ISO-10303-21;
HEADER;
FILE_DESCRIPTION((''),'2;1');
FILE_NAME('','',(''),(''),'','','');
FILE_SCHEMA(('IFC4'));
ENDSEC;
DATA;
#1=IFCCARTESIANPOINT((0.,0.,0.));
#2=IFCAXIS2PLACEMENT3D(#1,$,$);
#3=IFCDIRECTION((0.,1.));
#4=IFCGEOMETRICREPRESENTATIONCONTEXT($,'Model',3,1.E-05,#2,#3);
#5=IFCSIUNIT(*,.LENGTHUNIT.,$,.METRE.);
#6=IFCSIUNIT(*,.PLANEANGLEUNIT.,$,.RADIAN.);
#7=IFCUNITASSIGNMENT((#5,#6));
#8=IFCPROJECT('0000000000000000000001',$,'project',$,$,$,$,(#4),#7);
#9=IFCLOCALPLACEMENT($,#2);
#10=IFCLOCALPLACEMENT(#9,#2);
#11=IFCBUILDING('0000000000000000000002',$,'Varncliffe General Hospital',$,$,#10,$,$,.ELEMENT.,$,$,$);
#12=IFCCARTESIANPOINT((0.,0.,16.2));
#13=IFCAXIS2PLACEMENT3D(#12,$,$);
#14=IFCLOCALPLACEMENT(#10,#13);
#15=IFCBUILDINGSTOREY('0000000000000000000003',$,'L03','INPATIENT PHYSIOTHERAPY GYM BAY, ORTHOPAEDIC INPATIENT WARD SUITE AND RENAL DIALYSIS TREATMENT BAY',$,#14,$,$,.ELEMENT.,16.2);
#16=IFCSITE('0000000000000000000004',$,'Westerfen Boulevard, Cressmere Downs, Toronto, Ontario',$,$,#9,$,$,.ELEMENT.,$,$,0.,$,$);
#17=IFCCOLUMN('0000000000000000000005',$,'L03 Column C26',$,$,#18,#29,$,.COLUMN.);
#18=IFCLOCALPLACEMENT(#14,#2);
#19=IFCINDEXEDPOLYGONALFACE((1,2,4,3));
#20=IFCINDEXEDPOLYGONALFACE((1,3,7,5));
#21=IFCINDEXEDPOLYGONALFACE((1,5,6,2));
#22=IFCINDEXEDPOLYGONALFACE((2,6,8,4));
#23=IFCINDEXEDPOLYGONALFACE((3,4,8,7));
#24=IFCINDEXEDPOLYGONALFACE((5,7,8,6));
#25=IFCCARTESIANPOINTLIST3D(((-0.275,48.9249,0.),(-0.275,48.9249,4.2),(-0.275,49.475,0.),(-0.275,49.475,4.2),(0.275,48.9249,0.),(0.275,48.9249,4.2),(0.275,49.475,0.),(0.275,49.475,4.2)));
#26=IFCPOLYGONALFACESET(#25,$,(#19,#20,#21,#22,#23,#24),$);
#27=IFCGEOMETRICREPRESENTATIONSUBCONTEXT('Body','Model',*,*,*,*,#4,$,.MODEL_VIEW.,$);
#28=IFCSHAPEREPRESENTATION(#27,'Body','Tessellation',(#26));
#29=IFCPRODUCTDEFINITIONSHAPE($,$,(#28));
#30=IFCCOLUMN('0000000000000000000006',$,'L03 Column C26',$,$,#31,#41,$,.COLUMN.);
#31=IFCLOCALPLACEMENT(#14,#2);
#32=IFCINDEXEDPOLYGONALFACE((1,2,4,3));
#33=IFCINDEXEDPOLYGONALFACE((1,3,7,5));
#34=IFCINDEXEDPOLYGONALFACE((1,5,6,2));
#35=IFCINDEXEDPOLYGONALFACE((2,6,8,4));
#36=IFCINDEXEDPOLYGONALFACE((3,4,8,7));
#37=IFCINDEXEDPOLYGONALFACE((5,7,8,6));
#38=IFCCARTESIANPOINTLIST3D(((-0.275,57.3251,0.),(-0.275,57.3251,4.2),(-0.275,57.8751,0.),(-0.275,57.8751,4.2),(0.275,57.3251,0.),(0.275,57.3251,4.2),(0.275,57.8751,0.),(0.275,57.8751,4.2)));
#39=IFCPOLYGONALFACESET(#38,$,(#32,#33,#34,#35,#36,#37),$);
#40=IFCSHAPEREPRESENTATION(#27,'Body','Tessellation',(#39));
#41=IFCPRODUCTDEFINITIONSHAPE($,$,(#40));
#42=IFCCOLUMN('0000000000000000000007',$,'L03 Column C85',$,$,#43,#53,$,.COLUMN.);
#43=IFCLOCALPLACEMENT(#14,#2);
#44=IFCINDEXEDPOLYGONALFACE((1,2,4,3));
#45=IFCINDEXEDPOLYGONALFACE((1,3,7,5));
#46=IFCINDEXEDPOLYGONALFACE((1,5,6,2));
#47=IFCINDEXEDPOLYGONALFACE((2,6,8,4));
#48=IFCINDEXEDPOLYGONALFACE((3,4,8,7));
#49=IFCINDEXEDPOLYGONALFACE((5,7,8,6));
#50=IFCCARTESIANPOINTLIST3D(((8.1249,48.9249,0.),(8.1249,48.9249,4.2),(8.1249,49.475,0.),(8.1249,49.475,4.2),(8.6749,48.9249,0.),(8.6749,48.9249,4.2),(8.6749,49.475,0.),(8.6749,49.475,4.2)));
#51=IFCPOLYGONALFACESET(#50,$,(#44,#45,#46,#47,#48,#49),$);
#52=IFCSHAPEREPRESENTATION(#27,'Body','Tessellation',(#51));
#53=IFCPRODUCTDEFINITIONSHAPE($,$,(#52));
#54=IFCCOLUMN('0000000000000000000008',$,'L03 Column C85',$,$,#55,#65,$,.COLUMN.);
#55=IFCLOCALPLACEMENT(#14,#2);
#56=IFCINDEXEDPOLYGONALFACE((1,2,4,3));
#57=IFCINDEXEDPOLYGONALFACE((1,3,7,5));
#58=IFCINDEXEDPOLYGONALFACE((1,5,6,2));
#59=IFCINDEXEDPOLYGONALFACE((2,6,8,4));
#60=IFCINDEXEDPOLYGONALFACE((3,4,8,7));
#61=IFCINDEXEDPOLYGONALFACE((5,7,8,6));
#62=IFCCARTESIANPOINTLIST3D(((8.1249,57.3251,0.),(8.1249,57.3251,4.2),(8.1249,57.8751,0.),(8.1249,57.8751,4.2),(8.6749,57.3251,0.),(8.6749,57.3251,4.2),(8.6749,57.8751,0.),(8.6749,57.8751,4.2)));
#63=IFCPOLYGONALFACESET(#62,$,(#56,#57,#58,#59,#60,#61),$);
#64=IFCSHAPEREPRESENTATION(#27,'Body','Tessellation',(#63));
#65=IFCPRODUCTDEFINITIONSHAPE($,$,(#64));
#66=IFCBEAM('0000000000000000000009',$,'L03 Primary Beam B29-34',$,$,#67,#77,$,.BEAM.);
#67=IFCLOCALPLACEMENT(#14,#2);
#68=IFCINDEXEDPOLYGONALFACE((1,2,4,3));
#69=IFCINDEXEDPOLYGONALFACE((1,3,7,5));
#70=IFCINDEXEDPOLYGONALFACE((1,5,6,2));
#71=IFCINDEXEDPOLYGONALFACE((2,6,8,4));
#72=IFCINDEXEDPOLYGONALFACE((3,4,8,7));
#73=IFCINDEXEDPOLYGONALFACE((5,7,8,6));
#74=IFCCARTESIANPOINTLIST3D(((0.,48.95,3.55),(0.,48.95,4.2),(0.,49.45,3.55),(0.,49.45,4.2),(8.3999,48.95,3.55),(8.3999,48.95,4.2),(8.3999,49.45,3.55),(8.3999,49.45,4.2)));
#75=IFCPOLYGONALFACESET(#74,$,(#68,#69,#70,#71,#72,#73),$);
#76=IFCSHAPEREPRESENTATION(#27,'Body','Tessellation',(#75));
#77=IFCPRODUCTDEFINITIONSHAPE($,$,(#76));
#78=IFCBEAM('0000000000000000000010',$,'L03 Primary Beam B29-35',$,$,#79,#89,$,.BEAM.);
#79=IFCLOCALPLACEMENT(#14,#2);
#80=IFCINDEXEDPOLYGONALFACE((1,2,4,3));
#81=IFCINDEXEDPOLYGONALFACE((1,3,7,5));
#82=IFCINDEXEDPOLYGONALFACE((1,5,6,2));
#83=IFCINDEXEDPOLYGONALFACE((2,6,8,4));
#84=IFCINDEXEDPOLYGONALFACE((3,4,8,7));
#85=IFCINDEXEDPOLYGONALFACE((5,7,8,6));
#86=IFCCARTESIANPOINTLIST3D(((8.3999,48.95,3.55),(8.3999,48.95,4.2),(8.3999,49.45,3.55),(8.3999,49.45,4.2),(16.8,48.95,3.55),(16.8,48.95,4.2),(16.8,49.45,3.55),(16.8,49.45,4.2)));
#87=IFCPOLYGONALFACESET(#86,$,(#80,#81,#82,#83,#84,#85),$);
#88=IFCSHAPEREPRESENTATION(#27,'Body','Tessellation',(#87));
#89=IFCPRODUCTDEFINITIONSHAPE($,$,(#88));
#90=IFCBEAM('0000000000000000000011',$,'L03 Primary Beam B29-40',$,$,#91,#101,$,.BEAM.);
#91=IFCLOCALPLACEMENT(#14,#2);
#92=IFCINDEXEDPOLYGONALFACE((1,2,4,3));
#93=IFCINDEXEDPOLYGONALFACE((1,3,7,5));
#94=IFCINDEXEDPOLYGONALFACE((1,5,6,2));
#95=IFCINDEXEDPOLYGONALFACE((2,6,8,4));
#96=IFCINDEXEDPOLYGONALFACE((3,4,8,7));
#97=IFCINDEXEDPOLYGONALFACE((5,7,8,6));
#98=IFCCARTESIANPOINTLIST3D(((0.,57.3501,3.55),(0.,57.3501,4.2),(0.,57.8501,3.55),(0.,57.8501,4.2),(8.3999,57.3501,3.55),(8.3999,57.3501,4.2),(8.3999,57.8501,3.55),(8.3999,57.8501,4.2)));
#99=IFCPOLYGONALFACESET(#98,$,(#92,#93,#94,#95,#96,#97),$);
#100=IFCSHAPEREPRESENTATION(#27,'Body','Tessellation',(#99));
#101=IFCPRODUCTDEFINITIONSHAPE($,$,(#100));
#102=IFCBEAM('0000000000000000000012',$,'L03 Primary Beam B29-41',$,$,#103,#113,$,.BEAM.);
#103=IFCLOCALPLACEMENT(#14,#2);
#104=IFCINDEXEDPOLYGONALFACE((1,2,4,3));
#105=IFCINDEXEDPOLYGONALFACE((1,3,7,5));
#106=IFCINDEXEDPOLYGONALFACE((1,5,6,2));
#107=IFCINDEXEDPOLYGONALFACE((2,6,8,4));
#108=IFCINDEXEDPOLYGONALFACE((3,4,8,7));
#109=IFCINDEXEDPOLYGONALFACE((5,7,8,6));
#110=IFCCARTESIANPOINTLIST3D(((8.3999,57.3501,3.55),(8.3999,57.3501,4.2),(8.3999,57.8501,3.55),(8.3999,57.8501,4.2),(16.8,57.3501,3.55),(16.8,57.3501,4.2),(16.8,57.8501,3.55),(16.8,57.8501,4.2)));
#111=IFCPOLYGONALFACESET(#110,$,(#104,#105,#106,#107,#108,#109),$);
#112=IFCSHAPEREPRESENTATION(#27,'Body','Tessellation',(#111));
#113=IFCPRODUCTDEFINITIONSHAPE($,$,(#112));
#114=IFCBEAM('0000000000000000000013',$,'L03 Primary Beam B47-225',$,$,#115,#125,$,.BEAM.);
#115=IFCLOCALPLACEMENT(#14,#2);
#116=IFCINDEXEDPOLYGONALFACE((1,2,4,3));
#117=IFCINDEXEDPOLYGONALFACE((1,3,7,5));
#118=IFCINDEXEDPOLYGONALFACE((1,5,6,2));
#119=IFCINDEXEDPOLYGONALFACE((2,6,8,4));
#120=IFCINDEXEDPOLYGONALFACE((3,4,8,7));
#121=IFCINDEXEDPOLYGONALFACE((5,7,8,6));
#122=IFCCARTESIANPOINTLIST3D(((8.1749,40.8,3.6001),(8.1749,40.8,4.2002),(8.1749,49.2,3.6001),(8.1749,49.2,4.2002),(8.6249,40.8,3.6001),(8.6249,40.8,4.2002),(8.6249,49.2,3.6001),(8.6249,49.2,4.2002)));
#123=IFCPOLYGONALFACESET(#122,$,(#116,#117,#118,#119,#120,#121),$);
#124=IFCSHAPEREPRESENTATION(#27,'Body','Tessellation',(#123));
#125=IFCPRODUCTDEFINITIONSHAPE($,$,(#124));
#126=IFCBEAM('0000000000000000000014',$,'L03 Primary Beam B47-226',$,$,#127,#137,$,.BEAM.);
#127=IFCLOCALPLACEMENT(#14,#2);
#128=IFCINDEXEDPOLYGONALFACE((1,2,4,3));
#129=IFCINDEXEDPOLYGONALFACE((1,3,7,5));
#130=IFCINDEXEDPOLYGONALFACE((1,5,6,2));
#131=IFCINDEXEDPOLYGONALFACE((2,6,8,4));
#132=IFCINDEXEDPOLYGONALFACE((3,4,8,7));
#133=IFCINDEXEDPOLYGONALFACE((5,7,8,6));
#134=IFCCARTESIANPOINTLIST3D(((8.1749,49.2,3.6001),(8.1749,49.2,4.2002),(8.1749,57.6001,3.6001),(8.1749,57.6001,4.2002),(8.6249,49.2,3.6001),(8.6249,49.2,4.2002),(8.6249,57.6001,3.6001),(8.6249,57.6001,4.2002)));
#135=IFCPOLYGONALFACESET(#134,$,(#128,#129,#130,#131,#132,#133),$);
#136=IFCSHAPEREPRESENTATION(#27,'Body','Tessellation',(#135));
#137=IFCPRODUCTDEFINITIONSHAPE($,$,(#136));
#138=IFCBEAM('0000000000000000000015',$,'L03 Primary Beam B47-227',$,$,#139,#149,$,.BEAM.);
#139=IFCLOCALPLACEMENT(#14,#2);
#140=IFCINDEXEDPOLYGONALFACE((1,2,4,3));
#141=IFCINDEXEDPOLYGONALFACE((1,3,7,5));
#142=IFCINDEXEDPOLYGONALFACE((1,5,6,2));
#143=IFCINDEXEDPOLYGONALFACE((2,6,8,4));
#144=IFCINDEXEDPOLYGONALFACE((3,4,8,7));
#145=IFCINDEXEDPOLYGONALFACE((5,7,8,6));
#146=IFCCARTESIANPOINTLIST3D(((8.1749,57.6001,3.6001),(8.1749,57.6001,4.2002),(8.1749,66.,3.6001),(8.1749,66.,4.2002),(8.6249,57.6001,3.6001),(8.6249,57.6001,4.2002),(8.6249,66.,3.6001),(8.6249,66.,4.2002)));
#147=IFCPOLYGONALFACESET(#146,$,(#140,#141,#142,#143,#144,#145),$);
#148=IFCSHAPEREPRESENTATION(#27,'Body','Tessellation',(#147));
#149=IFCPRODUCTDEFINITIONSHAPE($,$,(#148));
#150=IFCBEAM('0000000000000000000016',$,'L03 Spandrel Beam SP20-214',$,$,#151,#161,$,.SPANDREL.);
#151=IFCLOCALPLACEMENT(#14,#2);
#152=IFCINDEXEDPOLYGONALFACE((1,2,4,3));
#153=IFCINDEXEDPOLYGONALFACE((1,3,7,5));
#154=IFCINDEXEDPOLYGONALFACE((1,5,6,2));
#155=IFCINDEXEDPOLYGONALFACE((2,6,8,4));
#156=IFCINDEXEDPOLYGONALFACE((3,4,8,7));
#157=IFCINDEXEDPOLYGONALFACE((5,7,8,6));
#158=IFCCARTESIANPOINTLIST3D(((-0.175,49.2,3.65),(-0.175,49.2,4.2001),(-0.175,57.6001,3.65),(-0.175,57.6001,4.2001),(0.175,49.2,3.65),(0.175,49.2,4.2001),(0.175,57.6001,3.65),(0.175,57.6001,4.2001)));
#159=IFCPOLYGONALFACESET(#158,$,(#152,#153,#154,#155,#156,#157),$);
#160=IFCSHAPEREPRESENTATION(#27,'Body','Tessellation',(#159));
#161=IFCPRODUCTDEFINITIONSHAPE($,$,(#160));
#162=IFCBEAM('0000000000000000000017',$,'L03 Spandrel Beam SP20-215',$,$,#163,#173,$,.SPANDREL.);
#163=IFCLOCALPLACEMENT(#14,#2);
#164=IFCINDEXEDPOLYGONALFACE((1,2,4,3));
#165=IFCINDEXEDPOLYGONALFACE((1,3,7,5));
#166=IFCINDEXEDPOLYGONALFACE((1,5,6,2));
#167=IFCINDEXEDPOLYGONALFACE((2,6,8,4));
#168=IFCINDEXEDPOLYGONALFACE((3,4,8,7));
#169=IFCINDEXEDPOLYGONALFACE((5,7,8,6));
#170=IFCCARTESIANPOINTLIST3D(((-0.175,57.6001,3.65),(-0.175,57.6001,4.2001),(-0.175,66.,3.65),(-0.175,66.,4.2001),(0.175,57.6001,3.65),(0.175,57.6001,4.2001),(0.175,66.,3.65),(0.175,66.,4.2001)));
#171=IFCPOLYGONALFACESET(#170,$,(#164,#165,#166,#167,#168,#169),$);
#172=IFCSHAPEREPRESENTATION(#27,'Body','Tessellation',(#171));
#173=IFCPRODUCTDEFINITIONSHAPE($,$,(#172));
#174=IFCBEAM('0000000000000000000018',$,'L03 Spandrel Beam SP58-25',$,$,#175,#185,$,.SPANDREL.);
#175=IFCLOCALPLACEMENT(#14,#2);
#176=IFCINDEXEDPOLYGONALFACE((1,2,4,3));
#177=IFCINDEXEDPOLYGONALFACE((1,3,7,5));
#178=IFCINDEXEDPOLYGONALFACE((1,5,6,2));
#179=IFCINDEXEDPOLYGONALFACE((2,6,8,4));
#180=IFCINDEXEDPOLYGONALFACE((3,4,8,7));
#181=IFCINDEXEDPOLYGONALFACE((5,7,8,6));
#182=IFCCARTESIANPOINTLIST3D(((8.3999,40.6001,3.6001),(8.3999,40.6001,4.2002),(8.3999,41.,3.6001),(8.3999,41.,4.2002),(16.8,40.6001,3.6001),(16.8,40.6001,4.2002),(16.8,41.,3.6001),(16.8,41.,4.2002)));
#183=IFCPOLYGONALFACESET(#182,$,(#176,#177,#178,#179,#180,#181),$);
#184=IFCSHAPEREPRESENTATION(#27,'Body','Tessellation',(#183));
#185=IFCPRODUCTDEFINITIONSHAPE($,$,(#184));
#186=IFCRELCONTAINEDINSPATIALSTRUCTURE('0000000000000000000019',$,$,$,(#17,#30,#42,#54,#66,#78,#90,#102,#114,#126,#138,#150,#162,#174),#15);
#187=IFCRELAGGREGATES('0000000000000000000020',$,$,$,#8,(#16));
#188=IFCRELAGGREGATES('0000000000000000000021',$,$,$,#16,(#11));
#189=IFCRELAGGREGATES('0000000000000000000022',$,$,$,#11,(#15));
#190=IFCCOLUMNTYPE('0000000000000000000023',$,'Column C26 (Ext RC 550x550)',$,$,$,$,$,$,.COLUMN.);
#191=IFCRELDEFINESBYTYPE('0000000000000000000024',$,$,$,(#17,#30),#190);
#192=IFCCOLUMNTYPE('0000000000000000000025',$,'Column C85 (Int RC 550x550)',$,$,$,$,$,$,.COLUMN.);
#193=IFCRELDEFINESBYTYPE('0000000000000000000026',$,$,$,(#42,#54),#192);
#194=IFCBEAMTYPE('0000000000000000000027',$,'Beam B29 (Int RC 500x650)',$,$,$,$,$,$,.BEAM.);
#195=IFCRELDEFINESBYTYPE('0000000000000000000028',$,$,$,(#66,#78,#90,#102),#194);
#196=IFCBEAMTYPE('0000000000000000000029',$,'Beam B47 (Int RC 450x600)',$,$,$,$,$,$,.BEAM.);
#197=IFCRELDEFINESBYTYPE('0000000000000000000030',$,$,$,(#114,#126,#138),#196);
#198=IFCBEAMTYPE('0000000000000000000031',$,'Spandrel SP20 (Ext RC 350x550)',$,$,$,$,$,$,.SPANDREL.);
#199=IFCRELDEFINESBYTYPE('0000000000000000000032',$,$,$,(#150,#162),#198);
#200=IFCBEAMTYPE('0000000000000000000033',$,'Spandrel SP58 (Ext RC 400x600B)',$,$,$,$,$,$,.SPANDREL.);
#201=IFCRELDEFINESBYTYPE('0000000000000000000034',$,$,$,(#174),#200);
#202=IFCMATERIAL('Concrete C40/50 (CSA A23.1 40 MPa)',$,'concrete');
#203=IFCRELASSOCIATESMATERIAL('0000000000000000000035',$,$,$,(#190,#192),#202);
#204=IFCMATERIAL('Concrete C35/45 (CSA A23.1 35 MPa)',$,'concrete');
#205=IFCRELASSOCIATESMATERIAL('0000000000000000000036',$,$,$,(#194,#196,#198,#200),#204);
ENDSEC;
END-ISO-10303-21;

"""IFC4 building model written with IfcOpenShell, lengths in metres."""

from ifc_helpers import new_model, si_unit, direction, frame, origin, origin_2d, place, context, subcontext, project, spatial, rectangle, extrude, material, material_profile, profile_set, type_object, element, save


model = new_model("IFC4")

# Units and contexts
model_context = context("Model", 3, precision=1e-05, world=origin(), true_north=direction((0.0, 1.0)))
body_context = subcontext(model_context, "Body", "Model", "MODEL_VIEW")
ifc_project = project(units=[si_unit("LENGTHUNIT", "METRE"), si_unit("PLANEANGLEUNIT", "RADIAN")], contexts=[model_context])

# Site, building, storey
site_placement = place(None, origin())
site = spatial("IfcSite", under=ifc_project, at=site_placement, Name="Westerfen Boulevard, Cressmere Downs, Toronto, Ontario", CompositionType="ELEMENT", RefElevation=0.0)
building_placement = place(site_placement, origin())
building = spatial("IfcBuilding", under=site, at=building_placement, Name="Varncliffe General Hospital", CompositionType="ELEMENT")
storey_placement = place(building_placement, frame((0.0, 0.0, 16.2)))
storey = spatial("IfcBuildingStorey", under=building, at=storey_placement, Name="L03", Description="INPATIENT PHYSIOTHERAPY GYM BAY, ORTHOPAEDIC INPATIENT WARD SUITE AND RENAL DIALYSIS TREATMENT BAY", CompositionType="ELEMENT", Elevation=16.2)

# Columns
ifc_material_1 = material(Name="Concrete C40/50 (CSA A23.1 40 MPa)", Category="concrete")
ifc_material_profile_1 = material_profile(ifc_material_1, rectangle(XDim=0.55, YDim=0.55, at=origin_2d()), Name="RC 550x550")
ifc_profile_set_1 = profile_set([ifc_material_profile_1], Name="Concrete C40/50 (CSA A23.1 40 MPa)")
column_type_1 = type_object("IfcColumnType", Name="Column C26 (Ext RC 550x550)", PredefinedType="COLUMN", material=ifc_profile_set_1)
for number, where, z_axis, x_axis, name in (
    (1, (0.0, 49.2, 0.0), (0.0, 0.0, 1.0), (1.0, 0.0, 0.0), "L03 Column C26"),
    (2, (0.0, 57.6001, 0.0), (0.0, 0.0, 1.0), (1.0, 0.0, 0.0), "L03 Column C26"),
):
    element("IfcColumn", number, at=place(storey_placement, frame(where, z_axis=z_axis, x_axis=x_axis)), inside=storey, type_object=column_type_1, Name=name, PredefinedType="COLUMN", context=body_context, shape_type="SweptSolid", body=[
        extrude(rectangle(XDim=0.55, YDim=0.55, at=origin_2d()), origin(), (0.0, 0.0, 1.0), 4.2),
    ])
ifc_material_profile_2 = material_profile(ifc_material_1, rectangle(XDim=0.55, YDim=0.55, at=origin_2d()), Name="RC 550x550")
ifc_profile_set_2 = profile_set([ifc_material_profile_2], Name="Concrete C40/50 (CSA A23.1 40 MPa)")
column_type_2 = type_object("IfcColumnType", Name="Column C85 (Int RC 550x550)", PredefinedType="COLUMN", material=ifc_profile_set_2)
for number, where, z_axis, x_axis, name in (
    (3, (8.3999, 49.2, 0.0), (0.0, 0.0, 1.0), (1.0, 0.0, 0.0), "L03 Column C85"),
    (4, (8.3999, 57.6001, 0.0), (0.0, 0.0, 1.0), (1.0, 0.0, 0.0), "L03 Column C85"),
):
    element("IfcColumn", number, at=place(storey_placement, frame(where, z_axis=z_axis, x_axis=x_axis)), inside=storey, type_object=column_type_2, Name=name, PredefinedType="COLUMN", context=body_context, shape_type="SweptSolid", body=[
        extrude(rectangle(XDim=0.55, YDim=0.55, at=origin_2d()), origin(), (0.0, 0.0, 1.0), 4.2),
    ])

# Beams
ifc_material_2 = material(Name="Concrete C35/45 (CSA A23.1 35 MPa)", Category="concrete")
ifc_material_profile_3 = material_profile(ifc_material_2, rectangle(XDim=0.5, YDim=0.6499, at=origin_2d()), Name="RC 500x650")
ifc_profile_set_3 = profile_set([ifc_material_profile_3], Name="Concrete C35/45 (CSA A23.1 35 MPa)")
beam_type_1 = type_object("IfcBeamType", Name="Beam B29 (Int RC 500x650)", PredefinedType="BEAM", material=ifc_profile_set_3)
beam_1_placement = place(storey_placement, frame((0.0, 49.2, 3.875), z_axis=(1.0, 0.0, 0.0), x_axis=(0.0, 1.0, 0.0)))
element("IfcBeam", 5, at=beam_1_placement, inside=storey, type_object=beam_type_1, Name="L03 Primary Beam B29-34", PredefinedType="BEAM", context=body_context, shape_type="SweptSolid", body=[
    extrude(rectangle(XDim=0.5, YDim=0.6499, at=origin_2d()), origin(), (0.0, 0.0, 1.0), 8.3999),
])
beam_2_placement = place(storey_placement, frame((8.3999, 49.2, 3.875), z_axis=(1.0, 0.0, 0.0), x_axis=(0.0, 1.0, 0.0)))
element("IfcBeam", 6, at=beam_2_placement, inside=storey, type_object=beam_type_1, Name="L03 Primary Beam B29-35", PredefinedType="BEAM", context=body_context, shape_type="SweptSolid", body=[
    extrude(rectangle(XDim=0.5, YDim=0.6499, at=origin_2d()), origin(), (0.0, 0.0, 1.0), 8.4001),
])
beam_3_placement = place(storey_placement, frame((0.0, 57.6001, 3.875), z_axis=(1.0, 0.0, 0.0), x_axis=(0.0, 1.0, 0.0)))
element("IfcBeam", 7, at=beam_3_placement, inside=storey, type_object=beam_type_1, Name="L03 Primary Beam B29-40", PredefinedType="BEAM", context=body_context, shape_type="SweptSolid", body=[
    extrude(rectangle(XDim=0.5, YDim=0.6499, at=origin_2d()), origin(), (0.0, 0.0, 1.0), 8.3999),
])
beam_4_placement = place(storey_placement, frame((8.3999, 57.6001, 3.875), z_axis=(1.0, 0.0, 0.0), x_axis=(0.0, 1.0, 0.0)))
element("IfcBeam", 8, at=beam_4_placement, inside=storey, type_object=beam_type_1, Name="L03 Primary Beam B29-41", PredefinedType="BEAM", context=body_context, shape_type="SweptSolid", body=[
    extrude(rectangle(XDim=0.5, YDim=0.6499, at=origin_2d()), origin(), (0.0, 0.0, 1.0), 8.4001),
])
ifc_material_profile_4 = material_profile(ifc_material_2, rectangle(XDim=0.45, YDim=0.6001, at=origin_2d()), Name="RC 450x600")
ifc_profile_set_4 = profile_set([ifc_material_profile_4], Name="Concrete C35/45 (CSA A23.1 35 MPa)")
beam_type_2 = type_object("IfcBeamType", Name="Beam B47 (Int RC 450x600)", PredefinedType="BEAM", material=ifc_profile_set_4)
beam_5_placement = place(storey_placement, frame((8.3999, 40.8, 3.9001), z_axis=(0.0, 1.0, 0.0), x_axis=(-1.0, 0.0, 0.0)))
element("IfcBeam", 9, at=beam_5_placement, inside=storey, type_object=beam_type_2, Name="L03 Primary Beam B47-225", PredefinedType="BEAM", context=body_context, shape_type="SweptSolid", body=[
    extrude(rectangle(XDim=0.45, YDim=0.6001, at=origin_2d()), origin(), (0.0, 0.0, 1.0), 8.3999),
])
beam_6_placement = place(storey_placement, frame((8.3999, 49.2, 3.9001), z_axis=(0.0, 1.0, 0.0), x_axis=(-1.0, 0.0, 0.0)))
element("IfcBeam", 10, at=beam_6_placement, inside=storey, type_object=beam_type_2, Name="L03 Primary Beam B47-226", PredefinedType="BEAM", context=body_context, shape_type="SweptSolid", body=[
    extrude(rectangle(XDim=0.45, YDim=0.6001, at=origin_2d()), origin(), (0.0, 0.0, 1.0), 8.4001),
])
beam_7_placement = place(storey_placement, frame((8.3999, 57.6001, 3.9001), z_axis=(0.0, 1.0, 0.0), x_axis=(-1.0, 0.0, 0.0)))
element("IfcBeam", 11, at=beam_7_placement, inside=storey, type_object=beam_type_2, Name="L03 Primary Beam B47-227", PredefinedType="BEAM", context=body_context, shape_type="SweptSolid", body=[
    extrude(rectangle(XDim=0.45, YDim=0.6001, at=origin_2d()), origin(), (0.0, 0.0, 1.0), 8.3999),
])
ifc_material_profile_5 = material_profile(ifc_material_2, rectangle(XDim=0.3501, YDim=0.55, at=origin_2d()), Name="RC 350x550")
ifc_profile_set_5 = profile_set([ifc_material_profile_5], Name="Concrete C35/45 (CSA A23.1 35 MPa)")
beam_type_3 = type_object("IfcBeamType", Name="Spandrel SP20 (Ext RC 350x550)", PredefinedType="SPANDREL", material=ifc_profile_set_5)
beam_8_placement = place(storey_placement, frame((0.0, 49.2, 3.925), z_axis=(0.0, 1.0, 0.0), x_axis=(-1.0, 0.0, 0.0)))
element("IfcBeam", 12, at=beam_8_placement, inside=storey, type_object=beam_type_3, Name="L03 Spandrel Beam SP20-214", PredefinedType="SPANDREL", context=body_context, shape_type="SweptSolid", body=[
    extrude(rectangle(XDim=0.3501, YDim=0.55, at=origin_2d()), origin(), (0.0, 0.0, 1.0), 8.4001),
])
beam_9_placement = place(storey_placement, frame((0.0, 57.6001, 3.925), z_axis=(0.0, 1.0, 0.0), x_axis=(-1.0, 0.0, 0.0)))
element("IfcBeam", 13, at=beam_9_placement, inside=storey, type_object=beam_type_3, Name="L03 Spandrel Beam SP20-215", PredefinedType="SPANDREL", context=body_context, shape_type="SweptSolid", body=[
    extrude(rectangle(XDim=0.3501, YDim=0.55, at=origin_2d()), origin(), (0.0, 0.0, 1.0), 8.3999),
])
ifc_material_profile_6 = material_profile(ifc_material_2, rectangle(XDim=0.3999, YDim=0.6001, at=origin_2d()), Name="RC 400x600")
ifc_profile_set_6 = profile_set([ifc_material_profile_6], Name="Concrete C35/45 (CSA A23.1 35 MPa)")
beam_type_4 = type_object("IfcBeamType", Name="Spandrel SP58 (Ext RC 400x600B)", PredefinedType="SPANDREL", material=ifc_profile_set_6)
beam_10_placement = place(storey_placement, frame((8.3999, 40.8, 3.9001), z_axis=(1.0, 0.0, 0.0), x_axis=(0.0, 1.0, 0.0)))
element("IfcBeam", 14, at=beam_10_placement, inside=storey, type_object=beam_type_4, Name="L03 Spandrel Beam SP58-25", PredefinedType="SPANDREL", context=body_context, shape_type="SweptSolid", body=[
    extrude(rectangle(XDim=0.3999, YDim=0.6001, at=origin_2d()), origin(), (0.0, 0.0, 1.0), 8.4001),
])

save(model, "model.ifc")
